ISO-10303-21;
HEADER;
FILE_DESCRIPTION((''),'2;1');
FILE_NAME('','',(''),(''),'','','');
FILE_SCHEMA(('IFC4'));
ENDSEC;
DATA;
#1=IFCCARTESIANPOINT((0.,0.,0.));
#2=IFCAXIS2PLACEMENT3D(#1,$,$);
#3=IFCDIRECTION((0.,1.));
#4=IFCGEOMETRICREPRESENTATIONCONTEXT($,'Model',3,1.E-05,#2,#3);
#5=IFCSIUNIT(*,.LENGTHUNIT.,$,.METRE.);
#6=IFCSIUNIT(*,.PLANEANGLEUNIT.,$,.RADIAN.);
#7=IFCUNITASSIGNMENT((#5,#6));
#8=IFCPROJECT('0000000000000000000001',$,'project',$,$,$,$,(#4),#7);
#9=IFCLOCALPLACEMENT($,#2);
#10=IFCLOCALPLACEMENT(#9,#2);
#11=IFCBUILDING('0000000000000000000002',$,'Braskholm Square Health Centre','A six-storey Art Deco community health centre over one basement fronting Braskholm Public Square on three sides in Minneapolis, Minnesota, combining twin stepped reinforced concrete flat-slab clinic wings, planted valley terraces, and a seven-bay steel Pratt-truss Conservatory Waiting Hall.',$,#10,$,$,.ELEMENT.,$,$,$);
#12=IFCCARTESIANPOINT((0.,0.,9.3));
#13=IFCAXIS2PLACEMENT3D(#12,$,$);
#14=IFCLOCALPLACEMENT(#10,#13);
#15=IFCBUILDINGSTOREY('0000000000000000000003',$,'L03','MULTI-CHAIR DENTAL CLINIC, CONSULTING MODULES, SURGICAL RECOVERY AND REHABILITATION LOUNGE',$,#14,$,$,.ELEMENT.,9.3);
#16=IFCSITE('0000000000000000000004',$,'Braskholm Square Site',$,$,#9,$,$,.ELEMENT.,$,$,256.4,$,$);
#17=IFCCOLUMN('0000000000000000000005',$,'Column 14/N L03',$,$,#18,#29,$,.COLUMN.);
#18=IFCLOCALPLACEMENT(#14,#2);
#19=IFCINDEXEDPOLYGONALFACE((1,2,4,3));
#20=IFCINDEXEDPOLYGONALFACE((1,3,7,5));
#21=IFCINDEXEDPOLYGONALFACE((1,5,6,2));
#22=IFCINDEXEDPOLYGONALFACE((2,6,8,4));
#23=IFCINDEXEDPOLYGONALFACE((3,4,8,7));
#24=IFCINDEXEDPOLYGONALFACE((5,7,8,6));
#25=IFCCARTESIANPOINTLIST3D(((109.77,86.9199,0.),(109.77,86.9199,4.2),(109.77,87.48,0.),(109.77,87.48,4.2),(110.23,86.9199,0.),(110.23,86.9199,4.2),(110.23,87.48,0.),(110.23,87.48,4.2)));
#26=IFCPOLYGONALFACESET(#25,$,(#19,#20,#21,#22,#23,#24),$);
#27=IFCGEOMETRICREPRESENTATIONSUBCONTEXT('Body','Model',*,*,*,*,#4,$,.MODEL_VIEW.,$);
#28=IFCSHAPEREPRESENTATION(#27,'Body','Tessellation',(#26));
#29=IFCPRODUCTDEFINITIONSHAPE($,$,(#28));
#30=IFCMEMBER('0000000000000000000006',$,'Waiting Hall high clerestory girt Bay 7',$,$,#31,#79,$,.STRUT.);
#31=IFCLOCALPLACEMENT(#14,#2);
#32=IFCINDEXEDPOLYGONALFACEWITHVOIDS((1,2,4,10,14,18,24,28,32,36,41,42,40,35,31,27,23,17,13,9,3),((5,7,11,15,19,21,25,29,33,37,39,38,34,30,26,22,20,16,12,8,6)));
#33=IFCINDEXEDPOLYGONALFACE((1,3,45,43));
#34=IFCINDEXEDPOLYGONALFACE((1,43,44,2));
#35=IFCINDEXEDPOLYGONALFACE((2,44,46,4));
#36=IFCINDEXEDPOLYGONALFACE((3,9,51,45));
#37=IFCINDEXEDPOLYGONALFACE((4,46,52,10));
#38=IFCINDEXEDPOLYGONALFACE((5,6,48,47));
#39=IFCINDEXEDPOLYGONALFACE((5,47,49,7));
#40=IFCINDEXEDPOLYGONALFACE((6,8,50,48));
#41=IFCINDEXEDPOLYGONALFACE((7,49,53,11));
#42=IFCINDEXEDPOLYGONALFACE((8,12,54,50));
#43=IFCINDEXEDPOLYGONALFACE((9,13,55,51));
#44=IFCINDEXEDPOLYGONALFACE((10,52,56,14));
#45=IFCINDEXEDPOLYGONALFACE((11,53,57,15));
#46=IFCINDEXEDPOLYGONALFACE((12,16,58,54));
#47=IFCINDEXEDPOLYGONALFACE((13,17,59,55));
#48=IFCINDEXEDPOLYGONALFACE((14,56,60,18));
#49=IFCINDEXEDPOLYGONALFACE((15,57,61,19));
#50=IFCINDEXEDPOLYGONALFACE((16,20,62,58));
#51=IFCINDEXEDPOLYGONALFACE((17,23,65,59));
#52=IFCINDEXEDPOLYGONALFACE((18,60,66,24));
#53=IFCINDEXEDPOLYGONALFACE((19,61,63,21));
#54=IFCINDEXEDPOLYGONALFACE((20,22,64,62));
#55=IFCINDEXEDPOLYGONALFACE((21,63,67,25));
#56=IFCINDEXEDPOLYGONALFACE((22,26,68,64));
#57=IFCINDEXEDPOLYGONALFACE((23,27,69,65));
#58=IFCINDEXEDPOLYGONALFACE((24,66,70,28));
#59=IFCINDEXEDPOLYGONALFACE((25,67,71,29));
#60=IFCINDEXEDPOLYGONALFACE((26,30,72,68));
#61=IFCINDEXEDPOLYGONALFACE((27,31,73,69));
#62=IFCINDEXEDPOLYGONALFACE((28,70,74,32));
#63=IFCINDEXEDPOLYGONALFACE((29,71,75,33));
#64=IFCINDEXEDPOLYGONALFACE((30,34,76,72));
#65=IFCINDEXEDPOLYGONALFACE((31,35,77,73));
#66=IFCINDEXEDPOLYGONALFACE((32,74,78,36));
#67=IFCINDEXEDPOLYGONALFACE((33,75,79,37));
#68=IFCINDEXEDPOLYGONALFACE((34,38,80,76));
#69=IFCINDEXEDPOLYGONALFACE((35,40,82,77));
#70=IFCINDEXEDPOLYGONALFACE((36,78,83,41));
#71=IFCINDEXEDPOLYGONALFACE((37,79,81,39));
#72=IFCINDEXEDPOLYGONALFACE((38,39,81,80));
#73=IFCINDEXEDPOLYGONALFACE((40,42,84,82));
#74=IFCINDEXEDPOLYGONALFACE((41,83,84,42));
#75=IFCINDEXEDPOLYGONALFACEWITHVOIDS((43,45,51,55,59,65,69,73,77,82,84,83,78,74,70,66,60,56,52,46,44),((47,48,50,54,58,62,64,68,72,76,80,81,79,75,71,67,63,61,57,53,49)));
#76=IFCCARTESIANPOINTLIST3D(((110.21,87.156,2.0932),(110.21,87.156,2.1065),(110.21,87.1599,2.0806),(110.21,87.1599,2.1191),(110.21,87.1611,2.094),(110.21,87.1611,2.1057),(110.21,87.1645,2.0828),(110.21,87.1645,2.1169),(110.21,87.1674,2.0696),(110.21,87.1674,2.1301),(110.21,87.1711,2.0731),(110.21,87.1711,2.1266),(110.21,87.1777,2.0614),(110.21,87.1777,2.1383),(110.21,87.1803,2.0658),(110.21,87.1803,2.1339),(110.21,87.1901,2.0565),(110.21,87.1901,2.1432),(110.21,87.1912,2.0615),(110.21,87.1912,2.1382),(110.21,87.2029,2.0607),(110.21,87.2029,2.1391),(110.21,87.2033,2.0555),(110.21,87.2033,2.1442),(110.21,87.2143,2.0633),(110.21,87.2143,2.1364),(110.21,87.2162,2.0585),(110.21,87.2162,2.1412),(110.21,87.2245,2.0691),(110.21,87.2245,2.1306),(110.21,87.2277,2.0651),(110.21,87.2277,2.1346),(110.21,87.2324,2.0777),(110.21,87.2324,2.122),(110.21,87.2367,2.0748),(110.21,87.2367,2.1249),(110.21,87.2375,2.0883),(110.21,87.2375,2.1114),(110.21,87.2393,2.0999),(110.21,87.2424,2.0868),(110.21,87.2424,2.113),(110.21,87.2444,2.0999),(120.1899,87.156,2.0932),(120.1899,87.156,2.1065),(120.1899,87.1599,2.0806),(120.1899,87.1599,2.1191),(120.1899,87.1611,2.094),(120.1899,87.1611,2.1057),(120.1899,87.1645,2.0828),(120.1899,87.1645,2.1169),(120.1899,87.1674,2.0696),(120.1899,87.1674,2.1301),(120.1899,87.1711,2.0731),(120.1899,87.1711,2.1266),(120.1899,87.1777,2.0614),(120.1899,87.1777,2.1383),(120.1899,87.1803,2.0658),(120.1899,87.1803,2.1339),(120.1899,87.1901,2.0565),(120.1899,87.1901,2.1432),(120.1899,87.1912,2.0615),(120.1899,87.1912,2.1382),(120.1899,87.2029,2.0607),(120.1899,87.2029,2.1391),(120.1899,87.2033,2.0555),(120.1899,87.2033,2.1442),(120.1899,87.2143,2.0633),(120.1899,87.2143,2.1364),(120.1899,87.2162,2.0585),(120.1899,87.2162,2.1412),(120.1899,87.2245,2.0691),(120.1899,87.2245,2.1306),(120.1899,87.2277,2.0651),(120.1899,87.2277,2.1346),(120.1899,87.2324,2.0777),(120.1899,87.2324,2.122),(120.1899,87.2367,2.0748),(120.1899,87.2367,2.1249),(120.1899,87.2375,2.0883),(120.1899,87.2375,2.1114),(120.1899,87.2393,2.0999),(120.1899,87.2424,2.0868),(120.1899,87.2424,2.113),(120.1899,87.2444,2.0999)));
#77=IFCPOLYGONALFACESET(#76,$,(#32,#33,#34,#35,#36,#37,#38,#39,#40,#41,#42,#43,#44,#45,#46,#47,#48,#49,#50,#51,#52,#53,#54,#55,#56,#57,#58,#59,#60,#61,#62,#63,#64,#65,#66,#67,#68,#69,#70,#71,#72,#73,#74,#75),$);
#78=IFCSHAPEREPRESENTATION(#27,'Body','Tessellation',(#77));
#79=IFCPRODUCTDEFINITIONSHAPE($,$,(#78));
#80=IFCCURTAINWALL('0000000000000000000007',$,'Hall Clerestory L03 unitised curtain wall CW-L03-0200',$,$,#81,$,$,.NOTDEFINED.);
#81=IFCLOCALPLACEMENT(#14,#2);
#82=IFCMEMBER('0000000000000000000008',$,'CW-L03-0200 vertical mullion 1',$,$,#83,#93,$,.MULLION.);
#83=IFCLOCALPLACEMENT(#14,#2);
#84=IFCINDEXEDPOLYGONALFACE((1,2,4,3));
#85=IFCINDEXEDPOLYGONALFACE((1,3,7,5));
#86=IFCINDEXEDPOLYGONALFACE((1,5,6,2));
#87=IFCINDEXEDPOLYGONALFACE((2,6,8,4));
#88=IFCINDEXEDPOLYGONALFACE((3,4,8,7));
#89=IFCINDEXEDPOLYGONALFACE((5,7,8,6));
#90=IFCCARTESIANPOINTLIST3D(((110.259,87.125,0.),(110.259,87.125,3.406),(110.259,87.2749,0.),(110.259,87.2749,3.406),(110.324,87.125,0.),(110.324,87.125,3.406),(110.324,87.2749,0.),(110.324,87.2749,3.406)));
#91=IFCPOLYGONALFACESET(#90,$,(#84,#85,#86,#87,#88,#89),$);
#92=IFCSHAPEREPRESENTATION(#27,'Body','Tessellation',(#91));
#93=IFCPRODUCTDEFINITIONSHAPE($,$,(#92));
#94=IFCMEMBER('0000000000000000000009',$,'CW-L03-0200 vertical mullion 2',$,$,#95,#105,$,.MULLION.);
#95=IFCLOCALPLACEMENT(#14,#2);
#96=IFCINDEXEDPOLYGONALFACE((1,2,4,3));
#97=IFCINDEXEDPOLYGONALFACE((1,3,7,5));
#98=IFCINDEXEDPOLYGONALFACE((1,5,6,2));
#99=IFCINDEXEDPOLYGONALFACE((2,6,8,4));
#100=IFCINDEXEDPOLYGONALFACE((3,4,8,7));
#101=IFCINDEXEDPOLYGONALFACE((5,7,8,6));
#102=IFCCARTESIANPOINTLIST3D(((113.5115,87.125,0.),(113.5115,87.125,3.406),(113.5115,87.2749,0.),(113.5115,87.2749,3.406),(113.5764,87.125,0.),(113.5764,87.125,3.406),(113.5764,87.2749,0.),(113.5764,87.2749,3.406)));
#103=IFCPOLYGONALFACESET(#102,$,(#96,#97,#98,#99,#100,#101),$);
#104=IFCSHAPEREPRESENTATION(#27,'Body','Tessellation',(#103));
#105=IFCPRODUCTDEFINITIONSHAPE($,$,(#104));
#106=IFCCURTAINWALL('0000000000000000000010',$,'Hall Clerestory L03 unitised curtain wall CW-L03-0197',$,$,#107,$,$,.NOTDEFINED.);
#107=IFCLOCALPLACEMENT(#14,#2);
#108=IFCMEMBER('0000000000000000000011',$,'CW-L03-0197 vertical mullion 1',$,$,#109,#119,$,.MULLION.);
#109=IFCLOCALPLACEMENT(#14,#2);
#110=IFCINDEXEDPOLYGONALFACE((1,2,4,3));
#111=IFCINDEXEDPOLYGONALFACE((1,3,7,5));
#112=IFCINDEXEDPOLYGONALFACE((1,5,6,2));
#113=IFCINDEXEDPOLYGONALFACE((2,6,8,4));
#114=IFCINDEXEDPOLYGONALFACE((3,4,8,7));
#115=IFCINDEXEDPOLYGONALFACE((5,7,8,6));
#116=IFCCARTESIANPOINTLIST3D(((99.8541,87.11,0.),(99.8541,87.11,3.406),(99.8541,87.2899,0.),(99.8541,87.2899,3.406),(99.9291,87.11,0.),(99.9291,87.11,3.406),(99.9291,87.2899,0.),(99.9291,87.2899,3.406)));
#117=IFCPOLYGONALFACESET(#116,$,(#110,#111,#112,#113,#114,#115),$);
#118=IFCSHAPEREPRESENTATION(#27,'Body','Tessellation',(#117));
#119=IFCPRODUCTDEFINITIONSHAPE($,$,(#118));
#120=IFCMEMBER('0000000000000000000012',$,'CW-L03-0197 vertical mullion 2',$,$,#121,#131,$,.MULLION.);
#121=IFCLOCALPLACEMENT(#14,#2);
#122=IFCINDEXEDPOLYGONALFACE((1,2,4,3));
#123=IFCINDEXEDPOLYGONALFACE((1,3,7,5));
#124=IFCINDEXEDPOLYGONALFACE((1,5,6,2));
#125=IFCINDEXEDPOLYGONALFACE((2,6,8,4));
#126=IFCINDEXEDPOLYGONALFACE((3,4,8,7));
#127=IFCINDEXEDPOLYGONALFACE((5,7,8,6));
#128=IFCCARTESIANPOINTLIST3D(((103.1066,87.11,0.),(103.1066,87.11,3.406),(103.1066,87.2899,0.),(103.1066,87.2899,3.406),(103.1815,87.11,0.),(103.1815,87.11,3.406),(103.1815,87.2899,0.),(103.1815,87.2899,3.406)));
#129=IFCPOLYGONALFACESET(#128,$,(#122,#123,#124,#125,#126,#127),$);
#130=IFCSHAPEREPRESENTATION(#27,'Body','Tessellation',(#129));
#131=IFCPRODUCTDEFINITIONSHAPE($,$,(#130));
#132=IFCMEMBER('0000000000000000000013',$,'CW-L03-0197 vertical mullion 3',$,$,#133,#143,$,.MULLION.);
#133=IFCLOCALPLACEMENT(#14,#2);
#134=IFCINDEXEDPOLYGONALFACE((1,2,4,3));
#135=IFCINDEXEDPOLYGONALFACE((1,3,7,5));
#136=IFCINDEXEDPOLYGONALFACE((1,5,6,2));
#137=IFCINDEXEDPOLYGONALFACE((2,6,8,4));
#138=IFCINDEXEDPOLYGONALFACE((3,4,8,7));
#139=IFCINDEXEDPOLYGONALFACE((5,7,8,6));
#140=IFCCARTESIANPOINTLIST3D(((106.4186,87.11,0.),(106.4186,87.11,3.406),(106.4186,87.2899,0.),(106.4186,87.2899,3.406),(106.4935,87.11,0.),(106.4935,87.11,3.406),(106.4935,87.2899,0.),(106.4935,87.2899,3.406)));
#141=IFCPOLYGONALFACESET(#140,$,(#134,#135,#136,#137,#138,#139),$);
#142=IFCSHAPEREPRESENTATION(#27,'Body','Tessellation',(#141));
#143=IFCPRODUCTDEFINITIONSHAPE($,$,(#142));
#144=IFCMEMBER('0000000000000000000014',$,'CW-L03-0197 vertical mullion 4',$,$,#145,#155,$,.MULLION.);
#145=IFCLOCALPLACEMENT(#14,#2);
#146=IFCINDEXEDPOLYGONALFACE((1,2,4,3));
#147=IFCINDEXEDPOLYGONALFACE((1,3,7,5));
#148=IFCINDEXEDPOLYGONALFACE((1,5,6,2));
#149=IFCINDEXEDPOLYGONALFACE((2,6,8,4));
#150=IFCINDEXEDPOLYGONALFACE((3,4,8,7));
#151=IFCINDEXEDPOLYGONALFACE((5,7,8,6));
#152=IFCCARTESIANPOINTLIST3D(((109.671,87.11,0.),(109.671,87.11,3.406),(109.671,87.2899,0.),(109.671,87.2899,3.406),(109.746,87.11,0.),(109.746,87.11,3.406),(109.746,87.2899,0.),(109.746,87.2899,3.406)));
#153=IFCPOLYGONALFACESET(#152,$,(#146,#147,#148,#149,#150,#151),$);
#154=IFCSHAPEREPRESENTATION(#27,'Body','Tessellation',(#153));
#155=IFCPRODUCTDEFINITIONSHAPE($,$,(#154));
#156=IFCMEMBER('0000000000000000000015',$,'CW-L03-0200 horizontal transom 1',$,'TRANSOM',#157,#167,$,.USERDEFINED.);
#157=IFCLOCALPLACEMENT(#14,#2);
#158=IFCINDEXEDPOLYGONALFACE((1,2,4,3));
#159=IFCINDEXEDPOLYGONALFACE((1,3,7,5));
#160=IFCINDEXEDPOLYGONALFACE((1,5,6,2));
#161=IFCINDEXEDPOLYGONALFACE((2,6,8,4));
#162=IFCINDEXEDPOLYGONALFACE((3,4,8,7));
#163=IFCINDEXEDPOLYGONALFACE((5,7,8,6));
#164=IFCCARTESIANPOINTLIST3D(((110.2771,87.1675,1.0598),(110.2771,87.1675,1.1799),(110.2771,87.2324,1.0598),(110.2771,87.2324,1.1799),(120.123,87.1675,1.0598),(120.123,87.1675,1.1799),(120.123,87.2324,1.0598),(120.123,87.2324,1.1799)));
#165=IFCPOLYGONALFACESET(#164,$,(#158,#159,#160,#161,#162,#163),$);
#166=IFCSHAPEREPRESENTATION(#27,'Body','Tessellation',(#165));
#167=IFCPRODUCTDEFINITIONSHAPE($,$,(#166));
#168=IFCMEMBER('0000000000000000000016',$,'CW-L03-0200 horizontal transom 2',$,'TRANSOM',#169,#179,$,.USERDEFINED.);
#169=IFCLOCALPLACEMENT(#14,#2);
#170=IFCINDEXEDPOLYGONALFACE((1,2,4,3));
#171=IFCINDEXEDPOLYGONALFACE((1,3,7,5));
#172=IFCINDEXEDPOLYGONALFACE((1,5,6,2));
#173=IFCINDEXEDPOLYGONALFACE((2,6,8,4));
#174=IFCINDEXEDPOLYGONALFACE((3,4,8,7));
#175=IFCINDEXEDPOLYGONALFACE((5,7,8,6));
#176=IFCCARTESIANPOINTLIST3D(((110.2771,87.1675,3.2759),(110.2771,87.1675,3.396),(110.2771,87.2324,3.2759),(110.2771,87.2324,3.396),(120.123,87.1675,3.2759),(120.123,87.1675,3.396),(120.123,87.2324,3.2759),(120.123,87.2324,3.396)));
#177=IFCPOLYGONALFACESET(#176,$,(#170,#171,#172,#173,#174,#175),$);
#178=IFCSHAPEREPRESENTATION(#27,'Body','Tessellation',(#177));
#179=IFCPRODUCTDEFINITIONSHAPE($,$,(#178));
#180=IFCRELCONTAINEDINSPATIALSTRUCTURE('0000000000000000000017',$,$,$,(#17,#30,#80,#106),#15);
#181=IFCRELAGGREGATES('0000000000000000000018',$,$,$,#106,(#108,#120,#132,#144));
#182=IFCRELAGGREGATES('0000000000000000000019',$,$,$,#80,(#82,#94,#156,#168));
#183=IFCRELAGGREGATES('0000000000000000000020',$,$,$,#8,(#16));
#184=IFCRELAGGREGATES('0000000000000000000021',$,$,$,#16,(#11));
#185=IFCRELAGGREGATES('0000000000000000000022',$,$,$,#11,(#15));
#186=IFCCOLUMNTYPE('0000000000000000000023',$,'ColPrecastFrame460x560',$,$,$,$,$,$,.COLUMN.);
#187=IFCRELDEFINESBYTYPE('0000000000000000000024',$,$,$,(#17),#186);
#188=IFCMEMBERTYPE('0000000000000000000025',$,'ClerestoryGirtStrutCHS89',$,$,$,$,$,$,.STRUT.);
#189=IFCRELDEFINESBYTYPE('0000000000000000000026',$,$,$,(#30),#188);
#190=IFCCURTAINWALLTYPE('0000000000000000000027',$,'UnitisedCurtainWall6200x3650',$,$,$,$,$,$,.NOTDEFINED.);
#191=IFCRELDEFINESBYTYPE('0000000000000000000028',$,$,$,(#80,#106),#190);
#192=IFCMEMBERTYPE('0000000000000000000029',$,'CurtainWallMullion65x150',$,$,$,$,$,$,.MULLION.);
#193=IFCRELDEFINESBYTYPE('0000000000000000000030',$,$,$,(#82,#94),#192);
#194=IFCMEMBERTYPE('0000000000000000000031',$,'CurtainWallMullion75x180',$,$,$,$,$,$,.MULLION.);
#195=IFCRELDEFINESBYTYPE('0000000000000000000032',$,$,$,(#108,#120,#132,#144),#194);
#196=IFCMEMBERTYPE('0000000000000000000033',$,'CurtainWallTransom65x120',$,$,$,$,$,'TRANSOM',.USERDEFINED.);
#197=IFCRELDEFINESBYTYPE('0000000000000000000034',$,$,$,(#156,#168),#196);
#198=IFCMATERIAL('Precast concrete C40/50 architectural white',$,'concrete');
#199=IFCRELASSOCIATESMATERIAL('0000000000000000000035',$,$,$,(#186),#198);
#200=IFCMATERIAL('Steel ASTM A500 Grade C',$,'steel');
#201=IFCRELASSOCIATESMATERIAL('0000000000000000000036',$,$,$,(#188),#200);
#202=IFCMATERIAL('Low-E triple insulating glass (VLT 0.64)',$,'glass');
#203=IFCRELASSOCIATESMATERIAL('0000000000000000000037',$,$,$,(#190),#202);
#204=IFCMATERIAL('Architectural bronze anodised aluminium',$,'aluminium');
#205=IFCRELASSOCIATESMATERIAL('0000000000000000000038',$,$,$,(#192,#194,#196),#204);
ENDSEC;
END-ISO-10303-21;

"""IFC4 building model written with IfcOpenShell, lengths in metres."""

from ifc_helpers import new_model, si_unit, direction, frame, origin, origin_2d, place, context, subcontext, project, spatial, rectangle, hollow_circle, extrude, material, material_profile, profile_set, type_object, element, aggregate, save


model = new_model("IFC4")

# Units and contexts
model_context = context("Model", 3, precision=1e-05, world=origin(), true_north=direction((0.0, 1.0)))
body_context = subcontext(model_context, "Body", "Model", "MODEL_VIEW")
ifc_project = project(units=[si_unit("LENGTHUNIT", "METRE"), si_unit("PLANEANGLEUNIT", "RADIAN")], contexts=[model_context])

# Site, building, storey
site_placement = place(None, origin())
site = spatial("IfcSite", under=ifc_project, at=site_placement, Name="Braskholm Square Site", CompositionType="ELEMENT", RefElevation=256.4)
building_placement = place(site_placement, origin())
building = spatial("IfcBuilding", under=site, at=building_placement, Name="Braskholm Square Health Centre", Description="A six-storey Art Deco community health centre over one basement fronting Braskholm Public Square on three sides in Minneapolis, Minnesota, combining twin stepped reinforced concrete flat-slab clinic wings, planted valley terraces, and a seven-bay steel Pratt-truss Conservatory Waiting Hall.", CompositionType="ELEMENT")
storey_placement = place(building_placement, frame((0.0, 0.0, 9.3)))
storey = spatial("IfcBuildingStorey", under=building, at=storey_placement, Name="L03", Description="MULTI-CHAIR DENTAL CLINIC, CONSULTING MODULES, SURGICAL RECOVERY AND REHABILITATION LOUNGE", CompositionType="ELEMENT", Elevation=9.3)

# Column
ifc_material_1 = material(Name="Precast concrete C40/50 architectural white", Category="concrete")
ifc_material_profile_1 = material_profile(ifc_material_1, rectangle(XDim=0.46, YDim=0.5601, at=origin_2d()), Name="RC-460X560")
ifc_profile_set_1 = profile_set([ifc_material_profile_1], Name="Precast concrete C40/50 architectural white")
column_type = type_object("IfcColumnType", Name="ColPrecastFrame460x560", PredefinedType="COLUMN", material=ifc_profile_set_1)
column_placement = place(storey_placement, frame((110.0, 87.2, 0.0), z_axis=(0.0, 0.0, 1.0), x_axis=(1.0, 0.0, 0.0)))
element("IfcColumn", 1, at=column_placement, inside=storey, type_object=column_type, Name="Column 14/N L03", PredefinedType="COLUMN", context=body_context, shape_type="SweptSolid", body=[
    extrude(rectangle(XDim=0.46, YDim=0.5601, at=origin_2d()), origin(), (0.0, 0.0, 1.0), 4.2),
])

# Member
ifc_material_2 = material(Name="Steel ASTM A500 Grade C", Category="steel")
ifc_material_profile_2 = material_profile(ifc_material_2, hollow_circle(Radius=0.0444, WallThickness=0.0051, at=origin_2d()), Name="HSS3.500X0.216")
ifc_profile_set_2 = profile_set([ifc_material_profile_2], Name="Steel ASTM A500 Grade C")
member_type_1 = type_object("IfcMemberType", Name="ClerestoryGirtStrutCHS89", PredefinedType="STRUT", material=ifc_profile_set_2)
member_1_placement = place(storey_placement, frame((110.21, 87.2, 2.0999), z_axis=(1.0, 0.0, 0.0), x_axis=(0.0, 1.0, 0.0)))
element("IfcMember", 2, at=member_1_placement, inside=storey, type_object=member_type_1, Name="Waiting Hall high clerestory girt Bay 7", PredefinedType="STRUT", context=body_context, shape_type="SweptSolid", body=[
    extrude(hollow_circle(Radius=0.0444, WallThickness=0.0051, at=origin_2d()), origin(), (0.0, 0.0, 1.0), 9.98),
])

# Curtain walls, members
ifc_material_3 = material(Name="Low-E triple insulating glass (VLT 0.64)", Category="glass")
curtain_wall_type = type_object("IfcCurtainWallType", Name="UnitisedCurtainWall6200x3650", PredefinedType="NOTDEFINED", material=ifc_material_3)
curtain_wall_1_placement = place(storey_placement, origin())
curtain_wall_1 = element("IfcCurtainWall", 3, at=curtain_wall_1_placement, inside=storey, type_object=curtain_wall_type, Name="Hall Clerestory L03 unitised curtain wall CW-L03-0200", PredefinedType="NOTDEFINED")
ifc_material_4 = material(Name="Architectural bronze anodised aluminium", Category="aluminium")
ifc_material_profile_3 = material_profile(ifc_material_4, rectangle(XDim=0.0649, YDim=0.1499, at=origin_2d()), Name="ALU-65X150")
ifc_profile_set_3 = profile_set([ifc_material_profile_3], Name="Architectural bronze anodised aluminium")
member_type_2 = type_object("IfcMemberType", Name="CurtainWallMullion65x150", PredefinedType="MULLION", material=ifc_profile_set_3)
member_2_placement = place(storey_placement, frame((110.2915, 87.2, 0.0), z_axis=(0.0, 0.0, 1.0), x_axis=(1.0, 0.0, 0.0)))
member_2 = element("IfcMember", 4, at=member_2_placement, type_object=member_type_2, Name="CW-L03-0200 vertical mullion 1", PredefinedType="MULLION", context=body_context, shape_type="SweptSolid", body=[
    extrude(rectangle(XDim=0.0649, YDim=0.1499, at=origin_2d()), origin(), (0.0, 0.0, 1.0), 3.406),
])
member_3_placement = place(storey_placement, frame((113.5439, 87.2, 0.0), z_axis=(0.0, 0.0, 1.0), x_axis=(1.0, 0.0, 0.0)))
member_3 = element("IfcMember", 5, at=member_3_placement, type_object=member_type_2, Name="CW-L03-0200 vertical mullion 2", PredefinedType="MULLION", context=body_context, shape_type="SweptSolid", body=[
    extrude(rectangle(XDim=0.0649, YDim=0.1499, at=origin_2d()), origin(), (0.0, 0.0, 1.0), 3.406),
])
curtain_wall_2_placement = place(storey_placement, origin())
curtain_wall_2 = element("IfcCurtainWall", 6, at=curtain_wall_2_placement, inside=storey, type_object=curtain_wall_type, Name="Hall Clerestory L03 unitised curtain wall CW-L03-0197", PredefinedType="NOTDEFINED")
ifc_material_profile_4 = material_profile(ifc_material_4, rectangle(XDim=0.075, YDim=0.1799, at=origin_2d()), Name="ALU-75X180")
ifc_profile_set_4 = profile_set([ifc_material_profile_4], Name="Architectural bronze anodised aluminium")
member_type_3 = type_object("IfcMemberType", Name="CurtainWallMullion75x180", PredefinedType="MULLION", material=ifc_profile_set_4)
member_4_placement = place(storey_placement, frame((99.8916, 87.2, 0.0), z_axis=(0.0, 0.0, 1.0), x_axis=(1.0, 0.0, 0.0)))
member_4 = element("IfcMember", 7, at=member_4_placement, type_object=member_type_3, Name="CW-L03-0197 vertical mullion 1", PredefinedType="MULLION", context=body_context, shape_type="SweptSolid", body=[
    extrude(rectangle(XDim=0.075, YDim=0.1799, at=origin_2d()), origin(), (0.0, 0.0, 1.0), 3.406),
])
member_5_placement = place(storey_placement, frame((103.144, 87.2, 0.0), z_axis=(0.0, 0.0, 1.0), x_axis=(1.0, 0.0, 0.0)))
member_5 = element("IfcMember", 8, at=member_5_placement, type_object=member_type_3, Name="CW-L03-0197 vertical mullion 2", PredefinedType="MULLION", context=body_context, shape_type="SweptSolid", body=[
    extrude(rectangle(XDim=0.075, YDim=0.1799, at=origin_2d()), origin(), (0.0, 0.0, 1.0), 3.406),
])
member_6_placement = place(storey_placement, frame((106.4561, 87.2, 0.0), z_axis=(0.0, 0.0, 1.0), x_axis=(1.0, 0.0, 0.0)))
member_6 = element("IfcMember", 9, at=member_6_placement, type_object=member_type_3, Name="CW-L03-0197 vertical mullion 3", PredefinedType="MULLION", context=body_context, shape_type="SweptSolid", body=[
    extrude(rectangle(XDim=0.075, YDim=0.1799, at=origin_2d()), origin(), (0.0, 0.0, 1.0), 3.406),
])
member_7_placement = place(storey_placement, frame((109.7085, 87.2, 0.0), z_axis=(0.0, 0.0, 1.0), x_axis=(1.0, 0.0, 0.0)))
member_7 = element("IfcMember", 10, at=member_7_placement, type_object=member_type_3, Name="CW-L03-0197 vertical mullion 4", PredefinedType="MULLION", context=body_context, shape_type="SweptSolid", body=[
    extrude(rectangle(XDim=0.075, YDim=0.1799, at=origin_2d()), origin(), (0.0, 0.0, 1.0), 3.406),
])

# Members
ifc_material_profile_5 = material_profile(ifc_material_4, rectangle(XDim=0.0649, YDim=0.1201, at=origin_2d()), Name="ALU-65X120")
ifc_profile_set_5 = profile_set([ifc_material_profile_5], Name="Architectural bronze anodised aluminium")
member_type_4 = type_object("IfcMemberType", Name="CurtainWallTransom65x120", ElementType="TRANSOM", PredefinedType="USERDEFINED", material=ifc_profile_set_5)
member_8_placement = place(storey_placement, frame((110.2771, 87.2, 1.1199), z_axis=(1.0, 0.0, 0.0), x_axis=(0.0, 1.0, 0.0)))
member_8 = element("IfcMember", 11, at=member_8_placement, type_object=member_type_4, Name="CW-L03-0200 horizontal transom 1", ObjectType="TRANSOM", PredefinedType="USERDEFINED", context=body_context, shape_type="SweptSolid", body=[
    extrude(rectangle(XDim=0.0649, YDim=0.1201, at=origin_2d()), origin(), (0.0, 0.0, 1.0), 9.8459),
])
member_9_placement = place(storey_placement, frame((110.2771, 87.2, 3.3359), z_axis=(1.0, 0.0, 0.0), x_axis=(0.0, 1.0, 0.0)))
member_9 = element("IfcMember", 12, at=member_9_placement, type_object=member_type_4, Name="CW-L03-0200 horizontal transom 2", ObjectType="TRANSOM", PredefinedType="USERDEFINED", context=body_context, shape_type="SweptSolid", body=[
    extrude(rectangle(XDim=0.0649, YDim=0.1201, at=origin_2d()), origin(), (0.0, 0.0, 1.0), 9.8459),
])

aggregate(curtain_wall_2, [member_4, member_5, member_6, member_7])
aggregate(curtain_wall_1, [member_2, member_3, member_8, member_9])

save(model, "model.ifc")
